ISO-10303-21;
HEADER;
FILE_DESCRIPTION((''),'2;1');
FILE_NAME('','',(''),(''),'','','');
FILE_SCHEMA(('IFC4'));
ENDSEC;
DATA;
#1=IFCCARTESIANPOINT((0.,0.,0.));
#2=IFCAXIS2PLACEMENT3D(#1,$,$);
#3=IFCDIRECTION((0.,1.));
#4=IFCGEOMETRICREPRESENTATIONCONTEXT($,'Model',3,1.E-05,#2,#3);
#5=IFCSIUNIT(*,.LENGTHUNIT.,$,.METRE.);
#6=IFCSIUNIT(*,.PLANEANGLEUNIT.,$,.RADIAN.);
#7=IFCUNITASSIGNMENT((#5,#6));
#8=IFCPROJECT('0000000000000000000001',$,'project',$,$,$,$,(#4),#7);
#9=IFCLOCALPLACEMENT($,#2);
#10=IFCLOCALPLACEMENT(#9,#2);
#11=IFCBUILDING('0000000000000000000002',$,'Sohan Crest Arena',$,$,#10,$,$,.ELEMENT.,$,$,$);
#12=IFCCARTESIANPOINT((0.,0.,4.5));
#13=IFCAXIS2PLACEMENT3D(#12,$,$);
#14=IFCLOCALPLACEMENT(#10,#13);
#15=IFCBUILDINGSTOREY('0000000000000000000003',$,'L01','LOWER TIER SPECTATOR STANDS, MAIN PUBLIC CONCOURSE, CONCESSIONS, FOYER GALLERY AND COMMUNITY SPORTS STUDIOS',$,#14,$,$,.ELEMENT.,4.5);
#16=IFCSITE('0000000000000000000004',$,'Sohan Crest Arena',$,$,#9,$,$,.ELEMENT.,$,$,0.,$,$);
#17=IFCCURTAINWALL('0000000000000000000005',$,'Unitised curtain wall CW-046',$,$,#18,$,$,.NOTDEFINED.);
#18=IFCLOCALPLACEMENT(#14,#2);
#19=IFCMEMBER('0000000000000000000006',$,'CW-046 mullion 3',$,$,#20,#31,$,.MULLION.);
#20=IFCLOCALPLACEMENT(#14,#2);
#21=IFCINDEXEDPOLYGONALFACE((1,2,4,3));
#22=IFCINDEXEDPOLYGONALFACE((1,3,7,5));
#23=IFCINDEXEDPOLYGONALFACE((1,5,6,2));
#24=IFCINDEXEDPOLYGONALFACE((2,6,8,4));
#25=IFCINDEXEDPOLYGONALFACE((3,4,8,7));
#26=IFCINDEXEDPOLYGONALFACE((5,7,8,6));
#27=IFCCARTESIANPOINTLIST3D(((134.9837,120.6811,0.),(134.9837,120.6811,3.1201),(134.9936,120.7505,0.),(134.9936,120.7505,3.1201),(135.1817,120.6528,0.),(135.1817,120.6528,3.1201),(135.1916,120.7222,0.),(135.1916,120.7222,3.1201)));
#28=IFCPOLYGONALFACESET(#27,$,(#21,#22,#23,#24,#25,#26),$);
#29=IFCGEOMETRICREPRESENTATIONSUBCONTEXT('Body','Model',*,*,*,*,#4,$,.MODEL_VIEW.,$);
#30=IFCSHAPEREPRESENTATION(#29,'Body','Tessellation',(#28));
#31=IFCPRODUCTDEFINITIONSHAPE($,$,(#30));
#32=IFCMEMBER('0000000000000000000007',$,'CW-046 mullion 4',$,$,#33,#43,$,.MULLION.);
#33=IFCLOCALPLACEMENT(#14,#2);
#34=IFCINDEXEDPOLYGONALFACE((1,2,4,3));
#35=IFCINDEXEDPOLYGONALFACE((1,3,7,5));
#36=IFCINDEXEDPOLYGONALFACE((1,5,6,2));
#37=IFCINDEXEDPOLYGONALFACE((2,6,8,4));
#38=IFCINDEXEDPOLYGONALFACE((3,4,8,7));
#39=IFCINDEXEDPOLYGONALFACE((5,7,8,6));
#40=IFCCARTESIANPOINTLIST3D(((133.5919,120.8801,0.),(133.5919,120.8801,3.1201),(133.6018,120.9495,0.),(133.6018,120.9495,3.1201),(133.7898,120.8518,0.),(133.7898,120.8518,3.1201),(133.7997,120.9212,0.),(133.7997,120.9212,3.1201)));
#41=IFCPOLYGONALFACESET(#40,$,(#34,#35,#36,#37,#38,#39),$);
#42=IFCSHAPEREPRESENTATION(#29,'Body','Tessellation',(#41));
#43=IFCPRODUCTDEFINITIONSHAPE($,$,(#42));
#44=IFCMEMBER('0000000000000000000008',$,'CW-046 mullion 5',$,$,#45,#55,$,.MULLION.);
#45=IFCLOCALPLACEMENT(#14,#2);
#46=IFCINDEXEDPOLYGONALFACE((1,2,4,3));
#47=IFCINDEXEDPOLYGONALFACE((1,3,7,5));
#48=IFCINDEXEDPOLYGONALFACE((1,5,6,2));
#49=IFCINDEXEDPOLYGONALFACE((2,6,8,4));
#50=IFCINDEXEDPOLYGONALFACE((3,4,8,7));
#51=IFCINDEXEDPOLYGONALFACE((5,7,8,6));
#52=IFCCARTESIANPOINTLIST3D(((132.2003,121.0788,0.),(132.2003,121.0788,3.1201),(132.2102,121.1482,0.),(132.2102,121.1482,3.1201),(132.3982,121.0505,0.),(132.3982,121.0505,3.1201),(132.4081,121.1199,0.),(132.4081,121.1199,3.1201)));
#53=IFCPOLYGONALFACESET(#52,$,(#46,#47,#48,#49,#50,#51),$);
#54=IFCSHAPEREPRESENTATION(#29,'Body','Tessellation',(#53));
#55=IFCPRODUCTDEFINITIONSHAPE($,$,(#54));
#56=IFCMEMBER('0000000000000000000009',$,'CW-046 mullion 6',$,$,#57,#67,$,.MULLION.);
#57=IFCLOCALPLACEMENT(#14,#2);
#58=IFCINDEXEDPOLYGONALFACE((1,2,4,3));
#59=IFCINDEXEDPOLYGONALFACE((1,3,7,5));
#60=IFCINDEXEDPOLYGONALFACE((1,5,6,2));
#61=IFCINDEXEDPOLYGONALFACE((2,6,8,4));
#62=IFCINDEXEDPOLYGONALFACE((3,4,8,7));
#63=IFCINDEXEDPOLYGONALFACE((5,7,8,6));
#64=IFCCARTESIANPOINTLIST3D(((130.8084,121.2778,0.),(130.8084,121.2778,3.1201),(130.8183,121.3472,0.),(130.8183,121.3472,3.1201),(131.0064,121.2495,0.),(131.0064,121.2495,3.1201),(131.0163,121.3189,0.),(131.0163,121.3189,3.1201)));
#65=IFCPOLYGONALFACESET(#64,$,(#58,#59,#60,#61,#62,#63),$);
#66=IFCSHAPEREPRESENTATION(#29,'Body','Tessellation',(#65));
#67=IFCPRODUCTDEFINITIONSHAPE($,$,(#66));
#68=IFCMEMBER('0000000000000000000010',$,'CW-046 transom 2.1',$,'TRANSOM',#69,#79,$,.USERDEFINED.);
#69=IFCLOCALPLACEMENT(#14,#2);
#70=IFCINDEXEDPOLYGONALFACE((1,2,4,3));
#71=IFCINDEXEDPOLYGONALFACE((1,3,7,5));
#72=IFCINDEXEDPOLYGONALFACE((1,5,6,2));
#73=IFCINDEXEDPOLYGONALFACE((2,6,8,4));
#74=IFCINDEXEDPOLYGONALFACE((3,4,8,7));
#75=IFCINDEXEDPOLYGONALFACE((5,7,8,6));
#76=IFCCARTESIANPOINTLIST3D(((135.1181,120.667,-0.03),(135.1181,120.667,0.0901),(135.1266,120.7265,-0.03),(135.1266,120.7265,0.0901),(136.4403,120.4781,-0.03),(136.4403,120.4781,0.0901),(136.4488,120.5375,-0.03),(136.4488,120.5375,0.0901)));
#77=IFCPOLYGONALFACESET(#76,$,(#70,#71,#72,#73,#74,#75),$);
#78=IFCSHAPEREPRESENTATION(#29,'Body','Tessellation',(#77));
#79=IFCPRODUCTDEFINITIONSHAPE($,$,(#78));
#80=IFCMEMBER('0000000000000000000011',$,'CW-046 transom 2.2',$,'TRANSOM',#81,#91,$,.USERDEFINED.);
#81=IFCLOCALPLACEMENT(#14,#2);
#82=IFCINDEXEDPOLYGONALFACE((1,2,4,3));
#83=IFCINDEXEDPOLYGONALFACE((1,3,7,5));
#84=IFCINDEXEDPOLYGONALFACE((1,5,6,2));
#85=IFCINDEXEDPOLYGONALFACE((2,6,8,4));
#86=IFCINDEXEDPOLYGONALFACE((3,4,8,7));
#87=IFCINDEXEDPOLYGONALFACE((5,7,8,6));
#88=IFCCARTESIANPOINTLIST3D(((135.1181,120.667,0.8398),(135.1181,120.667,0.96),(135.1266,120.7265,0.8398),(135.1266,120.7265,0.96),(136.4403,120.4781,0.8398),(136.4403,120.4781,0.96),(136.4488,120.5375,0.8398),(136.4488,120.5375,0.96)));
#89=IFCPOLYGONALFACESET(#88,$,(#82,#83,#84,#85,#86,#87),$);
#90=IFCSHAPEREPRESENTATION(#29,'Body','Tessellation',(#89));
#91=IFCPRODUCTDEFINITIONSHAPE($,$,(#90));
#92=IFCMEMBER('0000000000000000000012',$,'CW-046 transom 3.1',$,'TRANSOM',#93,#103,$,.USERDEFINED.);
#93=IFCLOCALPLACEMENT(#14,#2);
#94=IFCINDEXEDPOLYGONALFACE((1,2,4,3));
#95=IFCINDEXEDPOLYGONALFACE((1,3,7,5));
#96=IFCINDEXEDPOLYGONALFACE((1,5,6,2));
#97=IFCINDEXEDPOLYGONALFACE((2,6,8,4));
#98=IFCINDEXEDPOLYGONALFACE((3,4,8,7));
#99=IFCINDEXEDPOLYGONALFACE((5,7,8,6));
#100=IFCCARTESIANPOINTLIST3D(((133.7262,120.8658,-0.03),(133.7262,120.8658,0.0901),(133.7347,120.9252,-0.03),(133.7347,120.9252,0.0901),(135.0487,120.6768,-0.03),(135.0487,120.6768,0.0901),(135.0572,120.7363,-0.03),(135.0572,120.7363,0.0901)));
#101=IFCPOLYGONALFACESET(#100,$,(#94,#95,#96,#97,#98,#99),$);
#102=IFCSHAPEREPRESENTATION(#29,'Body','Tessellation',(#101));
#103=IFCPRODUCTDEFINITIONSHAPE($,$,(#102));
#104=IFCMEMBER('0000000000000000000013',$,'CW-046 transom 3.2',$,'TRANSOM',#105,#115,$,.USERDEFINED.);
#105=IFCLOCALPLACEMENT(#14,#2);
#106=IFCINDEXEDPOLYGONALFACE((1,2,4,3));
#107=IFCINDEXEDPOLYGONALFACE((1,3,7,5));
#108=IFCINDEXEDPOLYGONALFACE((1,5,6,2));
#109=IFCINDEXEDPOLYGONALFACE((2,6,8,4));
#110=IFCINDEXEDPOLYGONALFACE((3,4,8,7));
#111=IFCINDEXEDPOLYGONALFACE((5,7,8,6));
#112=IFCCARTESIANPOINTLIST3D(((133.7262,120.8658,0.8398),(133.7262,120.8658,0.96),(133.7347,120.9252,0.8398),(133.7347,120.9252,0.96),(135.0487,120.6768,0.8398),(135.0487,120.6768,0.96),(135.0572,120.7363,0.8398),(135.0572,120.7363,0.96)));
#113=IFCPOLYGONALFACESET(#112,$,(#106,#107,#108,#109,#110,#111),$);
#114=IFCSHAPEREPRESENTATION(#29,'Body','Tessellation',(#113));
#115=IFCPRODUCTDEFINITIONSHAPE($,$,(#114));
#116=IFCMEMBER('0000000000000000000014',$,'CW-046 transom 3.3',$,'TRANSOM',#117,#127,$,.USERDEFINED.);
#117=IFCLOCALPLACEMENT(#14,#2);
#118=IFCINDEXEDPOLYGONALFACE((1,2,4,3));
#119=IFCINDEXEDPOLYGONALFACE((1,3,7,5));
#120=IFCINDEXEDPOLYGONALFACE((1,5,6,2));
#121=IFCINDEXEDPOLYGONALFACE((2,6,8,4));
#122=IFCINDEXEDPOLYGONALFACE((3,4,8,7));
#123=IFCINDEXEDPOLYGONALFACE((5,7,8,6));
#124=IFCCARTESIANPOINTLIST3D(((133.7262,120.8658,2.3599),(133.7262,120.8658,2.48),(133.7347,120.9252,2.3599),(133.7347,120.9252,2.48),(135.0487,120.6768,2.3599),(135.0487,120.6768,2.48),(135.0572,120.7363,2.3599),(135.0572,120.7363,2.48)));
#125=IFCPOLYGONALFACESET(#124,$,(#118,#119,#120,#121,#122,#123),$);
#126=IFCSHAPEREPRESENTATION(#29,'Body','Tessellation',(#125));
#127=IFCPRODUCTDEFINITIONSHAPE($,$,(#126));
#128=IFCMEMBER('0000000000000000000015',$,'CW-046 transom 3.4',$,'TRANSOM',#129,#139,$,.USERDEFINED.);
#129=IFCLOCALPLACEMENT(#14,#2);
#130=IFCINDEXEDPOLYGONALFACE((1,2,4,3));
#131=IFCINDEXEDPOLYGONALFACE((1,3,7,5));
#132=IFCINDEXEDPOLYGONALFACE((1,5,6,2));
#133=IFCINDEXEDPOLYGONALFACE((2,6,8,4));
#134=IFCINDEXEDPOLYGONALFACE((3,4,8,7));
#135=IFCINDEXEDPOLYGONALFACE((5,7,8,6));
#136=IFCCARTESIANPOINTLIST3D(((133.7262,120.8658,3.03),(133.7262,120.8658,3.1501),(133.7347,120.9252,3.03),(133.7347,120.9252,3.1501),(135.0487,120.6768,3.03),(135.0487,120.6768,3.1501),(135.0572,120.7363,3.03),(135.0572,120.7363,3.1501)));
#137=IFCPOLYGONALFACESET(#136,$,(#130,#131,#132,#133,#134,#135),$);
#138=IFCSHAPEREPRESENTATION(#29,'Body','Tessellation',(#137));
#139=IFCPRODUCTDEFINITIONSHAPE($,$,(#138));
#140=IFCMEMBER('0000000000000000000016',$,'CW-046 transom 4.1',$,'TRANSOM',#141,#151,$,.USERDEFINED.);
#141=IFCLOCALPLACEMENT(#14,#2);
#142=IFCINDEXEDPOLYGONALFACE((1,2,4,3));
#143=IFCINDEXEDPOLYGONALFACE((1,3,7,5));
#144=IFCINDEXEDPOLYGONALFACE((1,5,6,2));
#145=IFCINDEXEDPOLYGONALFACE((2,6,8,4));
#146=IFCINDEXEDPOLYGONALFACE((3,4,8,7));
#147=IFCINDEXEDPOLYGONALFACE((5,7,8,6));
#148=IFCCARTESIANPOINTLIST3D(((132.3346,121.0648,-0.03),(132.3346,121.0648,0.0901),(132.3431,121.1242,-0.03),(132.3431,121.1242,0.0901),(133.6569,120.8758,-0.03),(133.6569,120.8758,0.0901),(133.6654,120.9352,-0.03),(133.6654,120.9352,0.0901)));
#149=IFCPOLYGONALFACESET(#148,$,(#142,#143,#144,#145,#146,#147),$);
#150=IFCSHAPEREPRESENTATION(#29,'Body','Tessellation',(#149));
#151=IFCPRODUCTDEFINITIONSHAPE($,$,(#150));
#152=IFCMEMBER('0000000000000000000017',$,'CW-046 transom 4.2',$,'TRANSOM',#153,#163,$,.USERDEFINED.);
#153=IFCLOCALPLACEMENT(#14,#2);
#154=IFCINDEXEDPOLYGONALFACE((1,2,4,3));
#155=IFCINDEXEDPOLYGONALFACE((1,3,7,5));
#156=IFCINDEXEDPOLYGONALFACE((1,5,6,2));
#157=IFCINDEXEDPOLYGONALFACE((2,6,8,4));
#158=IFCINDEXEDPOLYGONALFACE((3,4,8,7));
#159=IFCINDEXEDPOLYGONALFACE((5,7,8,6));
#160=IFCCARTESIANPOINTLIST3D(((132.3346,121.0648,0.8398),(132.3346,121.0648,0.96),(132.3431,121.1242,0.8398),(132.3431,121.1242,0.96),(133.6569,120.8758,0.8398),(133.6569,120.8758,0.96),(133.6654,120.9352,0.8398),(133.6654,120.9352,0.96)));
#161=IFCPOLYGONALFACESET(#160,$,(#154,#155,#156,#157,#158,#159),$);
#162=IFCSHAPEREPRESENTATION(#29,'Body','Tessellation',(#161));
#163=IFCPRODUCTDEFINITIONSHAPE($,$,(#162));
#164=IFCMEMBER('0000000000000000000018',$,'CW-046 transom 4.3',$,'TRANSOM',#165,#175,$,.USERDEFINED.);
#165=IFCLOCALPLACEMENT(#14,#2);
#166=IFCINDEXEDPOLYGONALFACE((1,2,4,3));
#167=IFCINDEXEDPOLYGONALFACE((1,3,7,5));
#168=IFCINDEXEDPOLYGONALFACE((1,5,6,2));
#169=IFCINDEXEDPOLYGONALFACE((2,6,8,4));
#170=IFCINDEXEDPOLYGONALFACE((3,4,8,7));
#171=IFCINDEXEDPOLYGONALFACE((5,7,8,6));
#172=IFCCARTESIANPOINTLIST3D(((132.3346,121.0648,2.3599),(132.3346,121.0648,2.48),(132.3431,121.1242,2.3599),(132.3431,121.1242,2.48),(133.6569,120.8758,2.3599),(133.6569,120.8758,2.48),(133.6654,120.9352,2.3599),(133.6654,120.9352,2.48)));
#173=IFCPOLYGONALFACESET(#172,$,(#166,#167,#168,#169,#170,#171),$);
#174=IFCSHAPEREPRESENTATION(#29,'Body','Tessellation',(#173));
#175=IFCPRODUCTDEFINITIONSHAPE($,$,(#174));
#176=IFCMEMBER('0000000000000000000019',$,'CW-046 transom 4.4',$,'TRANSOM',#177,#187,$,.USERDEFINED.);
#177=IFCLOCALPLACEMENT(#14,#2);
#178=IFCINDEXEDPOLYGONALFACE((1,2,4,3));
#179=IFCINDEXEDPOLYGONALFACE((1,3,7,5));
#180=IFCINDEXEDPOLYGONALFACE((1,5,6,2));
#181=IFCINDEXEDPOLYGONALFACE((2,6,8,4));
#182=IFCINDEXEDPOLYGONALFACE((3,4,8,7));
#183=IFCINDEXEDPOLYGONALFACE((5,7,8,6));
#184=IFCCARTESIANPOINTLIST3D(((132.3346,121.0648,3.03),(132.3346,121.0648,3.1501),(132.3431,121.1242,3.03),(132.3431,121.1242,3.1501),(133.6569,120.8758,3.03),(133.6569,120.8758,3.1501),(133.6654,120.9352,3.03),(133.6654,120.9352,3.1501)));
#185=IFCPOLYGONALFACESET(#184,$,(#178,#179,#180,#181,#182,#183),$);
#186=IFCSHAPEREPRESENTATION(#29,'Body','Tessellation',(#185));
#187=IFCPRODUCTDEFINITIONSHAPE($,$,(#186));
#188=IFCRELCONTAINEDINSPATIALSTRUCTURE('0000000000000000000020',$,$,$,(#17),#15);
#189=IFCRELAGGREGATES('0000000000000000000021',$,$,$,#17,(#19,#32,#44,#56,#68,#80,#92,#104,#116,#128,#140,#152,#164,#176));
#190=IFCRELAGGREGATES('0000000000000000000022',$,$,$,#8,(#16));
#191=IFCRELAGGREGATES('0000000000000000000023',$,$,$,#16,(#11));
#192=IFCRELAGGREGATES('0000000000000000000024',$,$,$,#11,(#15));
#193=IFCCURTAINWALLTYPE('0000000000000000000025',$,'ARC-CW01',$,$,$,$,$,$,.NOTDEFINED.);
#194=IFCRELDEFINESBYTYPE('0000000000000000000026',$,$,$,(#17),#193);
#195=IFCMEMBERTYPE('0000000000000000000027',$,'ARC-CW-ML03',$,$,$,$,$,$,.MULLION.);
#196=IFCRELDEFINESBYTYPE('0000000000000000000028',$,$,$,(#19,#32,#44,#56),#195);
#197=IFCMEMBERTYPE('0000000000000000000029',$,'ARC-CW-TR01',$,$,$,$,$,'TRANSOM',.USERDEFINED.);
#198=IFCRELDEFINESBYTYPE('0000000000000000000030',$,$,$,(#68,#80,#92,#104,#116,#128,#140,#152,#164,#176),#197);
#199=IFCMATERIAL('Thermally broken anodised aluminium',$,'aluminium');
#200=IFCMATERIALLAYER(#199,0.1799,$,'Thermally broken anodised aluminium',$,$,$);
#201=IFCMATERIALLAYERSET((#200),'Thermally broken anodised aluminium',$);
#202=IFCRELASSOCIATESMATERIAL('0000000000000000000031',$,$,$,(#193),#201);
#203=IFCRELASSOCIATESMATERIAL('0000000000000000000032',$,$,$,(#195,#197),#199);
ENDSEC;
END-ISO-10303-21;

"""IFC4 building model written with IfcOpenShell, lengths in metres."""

from ifc_helpers import new_model, si_unit, direction, frame, origin, origin_2d, place, context, subcontext, project, spatial, rectangle, extrude, material, layer, layer_set, material_profile, profile_set, type_object, element, aggregate, save


model = new_model("IFC4")

# Units and contexts
model_context = context("Model", 3, precision=1e-05, world=origin(), true_north=direction((0.0, 1.0)))
body_context = subcontext(model_context, "Body", "Model", "MODEL_VIEW")
ifc_project = project(units=[si_unit("LENGTHUNIT", "METRE"), si_unit("PLANEANGLEUNIT", "RADIAN")], contexts=[model_context])

# Site, building, storey
site_placement = place(None, origin())
site = spatial("IfcSite", under=ifc_project, at=site_placement, Name="Sohan Crest Arena", CompositionType="ELEMENT", RefElevation=0.0)
building_placement = place(site_placement, origin())
building = spatial("IfcBuilding", under=site, at=building_placement, Name="Sohan Crest Arena", CompositionType="ELEMENT")
storey_placement = place(building_placement, frame((0.0, 0.0, 4.5)))
storey = spatial("IfcBuildingStorey", under=building, at=storey_placement, Name="L01", Description="LOWER TIER SPECTATOR STANDS, MAIN PUBLIC CONCOURSE, CONCESSIONS, FOYER GALLERY AND COMMUNITY SPORTS STUDIOS", CompositionType="ELEMENT", Elevation=4.5)

# Curtain wall, members
ifc_material_1 = material(Name="Thermally broken anodised aluminium", Category="aluminium")
ifc_layer_1 = layer(ifc_material_1, 0.1799, Name="Thermally broken anodised aluminium")
ifc_layer_set_1 = layer_set([ifc_layer_1], Name="Thermally broken anodised aluminium")
curtain_wall_type = type_object("IfcCurtainWallType", Name="ARC-CW01", PredefinedType="NOTDEFINED", material=ifc_layer_set_1)
curtain_wall_placement = place(storey_placement, origin())
curtain_wall = element("IfcCurtainWall", 1, at=curtain_wall_placement, inside=storey, type_object=curtain_wall_type, Name="Unitised curtain wall CW-046", PredefinedType="NOTDEFINED")
ifc_material_profile_1 = material_profile(ifc_material_1, rectangle(XDim=0.0701, YDim=0.2, at=origin_2d()), Name="ALU-MULL 70x200")
ifc_profile_set_1 = profile_set([ifc_material_profile_1], Name="Thermally broken anodised aluminium")
member_type_1 = type_object("IfcMemberType", Name="ARC-CW-ML03", PredefinedType="MULLION", material=ifc_profile_set_1)
member_1_placement = place(storey_placement, frame((135.0876, 120.7017, 0.0), z_axis=(0.0, 0.0, 1.0), x_axis=(-0.14145, -0.989945, 0.0)))
member_1 = element("IfcMember", 2, at=member_1_placement, type_object=member_type_1, Name="CW-046 mullion 3", PredefinedType="MULLION", context=body_context, shape_type="SweptSolid", body=[
    extrude(rectangle(XDim=0.0701, YDim=0.2, at=origin_2d()), origin(), (0.0, 0.0, 1.0), 3.1201),
])
member_2_placement = place(storey_placement, frame((133.6958, 120.9006, 0.0), z_axis=(0.0, 0.0, 1.0), x_axis=(-0.14145, -0.989945, 0.0)))
member_2 = element("IfcMember", 3, at=member_2_placement, type_object=member_type_1, Name="CW-046 mullion 4", PredefinedType="MULLION", context=body_context, shape_type="SweptSolid", body=[
    extrude(rectangle(XDim=0.0701, YDim=0.2, at=origin_2d()), origin(), (0.0, 0.0, 1.0), 3.1201),
])
member_3_placement = place(storey_placement, frame((132.3042, 121.0994, 0.0), z_axis=(0.0, 0.0, 1.0), x_axis=(-0.14145, -0.989945, 0.0)))
member_3 = element("IfcMember", 4, at=member_3_placement, type_object=member_type_1, Name="CW-046 mullion 5", PredefinedType="MULLION", context=body_context, shape_type="SweptSolid", body=[
    extrude(rectangle(XDim=0.0701, YDim=0.2, at=origin_2d()), origin(), (0.0, 0.0, 1.0), 3.1201),
])
member_4_placement = place(storey_placement, frame((130.9124, 121.2983, 0.0), z_axis=(0.0, 0.0, 1.0), x_axis=(-0.14145, -0.989945, 0.0)))
member_4 = element("IfcMember", 5, at=member_4_placement, type_object=member_type_1, Name="CW-046 mullion 6", PredefinedType="MULLION", context=body_context, shape_type="SweptSolid", body=[
    extrude(rectangle(XDim=0.0701, YDim=0.2, at=origin_2d()), origin(), (0.0, 0.0, 1.0), 3.1201),
])
ifc_material_profile_2 = material_profile(ifc_material_1, rectangle(XDim=0.0601, YDim=0.1201, at=origin_2d()), Name="ALU-TRAN 60x120")
ifc_profile_set_2 = profile_set([ifc_material_profile_2], Name="Thermally broken anodised aluminium")
member_type_2 = type_object("IfcMemberType", Name="ARC-CW-TR01", ElementType="TRANSOM", PredefinedType="USERDEFINED", material=ifc_profile_set_2)
member_5_placement = place(storey_placement, frame((136.4446, 120.5078, 0.03), z_axis=(-0.989942, 0.141473, 0.0), x_axis=(-0.141473, -0.989942, 0.0)))
member_5 = element("IfcMember", 6, at=member_5_placement, type_object=member_type_2, Name="CW-046 transom 2.1", ObjectType="TRANSOM", PredefinedType="USERDEFINED", context=body_context, shape_type="SweptSolid", body=[
    extrude(rectangle(XDim=0.0601, YDim=0.1201, at=origin_2d()), origin(), (0.0, 0.0, 1.0), 1.3357),
])
member_6_placement = place(storey_placement, frame((136.4446, 120.5078, 0.8999), z_axis=(-0.989942, 0.141473, 0.0), x_axis=(-0.141473, -0.989942, 0.0)))
member_6 = element("IfcMember", 7, at=member_6_placement, type_object=member_type_2, Name="CW-046 transom 2.2", ObjectType="TRANSOM", PredefinedType="USERDEFINED", context=body_context, shape_type="SweptSolid", body=[
    extrude(rectangle(XDim=0.0601, YDim=0.1201, at=origin_2d()), origin(), (0.0, 0.0, 1.0), 1.3357),
])
member_7_placement = place(storey_placement, frame((135.053, 120.7065, 0.03), z_axis=(-0.989946, 0.141447, 0.0), x_axis=(-0.141447, -0.989946, 0.0)))
member_7 = element("IfcMember", 8, at=member_7_placement, type_object=member_type_2, Name="CW-046 transom 3.1", ObjectType="TRANSOM", PredefinedType="USERDEFINED", context=body_context, shape_type="SweptSolid", body=[
    extrude(rectangle(XDim=0.0601, YDim=0.1201, at=origin_2d()), origin(), (0.0, 0.0, 1.0), 1.3359),
])
member_8_placement = place(storey_placement, frame((135.053, 120.7065, 0.8999), z_axis=(-0.989946, 0.141447, 0.0), x_axis=(-0.141447, -0.989946, 0.0)))
member_8 = element("IfcMember", 9, at=member_8_placement, type_object=member_type_2, Name="CW-046 transom 3.2", ObjectType="TRANSOM", PredefinedType="USERDEFINED", context=body_context, shape_type="SweptSolid", body=[
    extrude(rectangle(XDim=0.0601, YDim=0.1201, at=origin_2d()), origin(), (0.0, 0.0, 1.0), 1.3359),
])
member_9_placement = place(storey_placement, frame((135.053, 120.7065, 2.4199), z_axis=(-0.989946, 0.141447, 0.0), x_axis=(-0.141447, -0.989946, 0.0)))
member_9 = element("IfcMember", 10, at=member_9_placement, type_object=member_type_2, Name="CW-046 transom 3.3", ObjectType="TRANSOM", PredefinedType="USERDEFINED", context=body_context, shape_type="SweptSolid", body=[
    extrude(rectangle(XDim=0.0601, YDim=0.1201, at=origin_2d()), origin(), (0.0, 0.0, 1.0), 1.3359),
])
member_10_placement = place(storey_placement, frame((135.053, 120.7065, 3.0901), z_axis=(-0.989946, 0.141447, 0.0), x_axis=(-0.141447, -0.989946, 0.0)))
member_10 = element("IfcMember", 11, at=member_10_placement, type_object=member_type_2, Name="CW-046 transom 3.4", ObjectType="TRANSOM", PredefinedType="USERDEFINED", context=body_context, shape_type="SweptSolid", body=[
    extrude(rectangle(XDim=0.0601, YDim=0.1201, at=origin_2d()), origin(), (0.0, 0.0, 1.0), 1.3359),
])
member_11_placement = place(storey_placement, frame((133.6611, 120.9055, 0.03), z_axis=(-0.989942, 0.141473, 0.0), x_axis=(-0.141473, -0.989942, 0.0)))
member_11 = element("IfcMember", 12, at=member_11_placement, type_object=member_type_2, Name="CW-046 transom 4.1", ObjectType="TRANSOM", PredefinedType="USERDEFINED", context=body_context, shape_type="SweptSolid", body=[
    extrude(rectangle(XDim=0.0601, YDim=0.1201, at=origin_2d()), origin(), (0.0, 0.0, 1.0), 1.3357),
])
member_12_placement = place(storey_placement, frame((133.6611, 120.9055, 0.8999), z_axis=(-0.989942, 0.141473, 0.0), x_axis=(-0.141473, -0.989942, 0.0)))
member_12 = element("IfcMember", 13, at=member_12_placement, type_object=member_type_2, Name="CW-046 transom 4.2", ObjectType="TRANSOM", PredefinedType="USERDEFINED", context=body_context, shape_type="SweptSolid", body=[
    extrude(rectangle(XDim=0.0601, YDim=0.1201, at=origin_2d()), origin(), (0.0, 0.0, 1.0), 1.3357),
])
member_13_placement = place(storey_placement, frame((133.6611, 120.9055, 2.4199), z_axis=(-0.989942, 0.141473, 0.0), x_axis=(-0.141473, -0.989942, 0.0)))
member_13 = element("IfcMember", 14, at=member_13_placement, type_object=member_type_2, Name="CW-046 transom 4.3", ObjectType="TRANSOM", PredefinedType="USERDEFINED", context=body_context, shape_type="SweptSolid", body=[
    extrude(rectangle(XDim=0.0601, YDim=0.1201, at=origin_2d()), origin(), (0.0, 0.0, 1.0), 1.3357),
])
member_14_placement = place(storey_placement, frame((133.6611, 120.9055, 3.0901), z_axis=(-0.989942, 0.141473, 0.0), x_axis=(-0.141473, -0.989942, 0.0)))
member_14 = element("IfcMember", 15, at=member_14_placement, type_object=member_type_2, Name="CW-046 transom 4.4", ObjectType="TRANSOM", PredefinedType="USERDEFINED", context=body_context, shape_type="SweptSolid", body=[
    extrude(rectangle(XDim=0.0601, YDim=0.1201, at=origin_2d()), origin(), (0.0, 0.0, 1.0), 1.3357),
])
aggregate(curtain_wall, [member_1, member_2, member_3, member_4, member_5, member_6, member_7, member_8, member_9, member_10, member_11, member_12, member_13, member_14])

save(model, "model.ifc")
